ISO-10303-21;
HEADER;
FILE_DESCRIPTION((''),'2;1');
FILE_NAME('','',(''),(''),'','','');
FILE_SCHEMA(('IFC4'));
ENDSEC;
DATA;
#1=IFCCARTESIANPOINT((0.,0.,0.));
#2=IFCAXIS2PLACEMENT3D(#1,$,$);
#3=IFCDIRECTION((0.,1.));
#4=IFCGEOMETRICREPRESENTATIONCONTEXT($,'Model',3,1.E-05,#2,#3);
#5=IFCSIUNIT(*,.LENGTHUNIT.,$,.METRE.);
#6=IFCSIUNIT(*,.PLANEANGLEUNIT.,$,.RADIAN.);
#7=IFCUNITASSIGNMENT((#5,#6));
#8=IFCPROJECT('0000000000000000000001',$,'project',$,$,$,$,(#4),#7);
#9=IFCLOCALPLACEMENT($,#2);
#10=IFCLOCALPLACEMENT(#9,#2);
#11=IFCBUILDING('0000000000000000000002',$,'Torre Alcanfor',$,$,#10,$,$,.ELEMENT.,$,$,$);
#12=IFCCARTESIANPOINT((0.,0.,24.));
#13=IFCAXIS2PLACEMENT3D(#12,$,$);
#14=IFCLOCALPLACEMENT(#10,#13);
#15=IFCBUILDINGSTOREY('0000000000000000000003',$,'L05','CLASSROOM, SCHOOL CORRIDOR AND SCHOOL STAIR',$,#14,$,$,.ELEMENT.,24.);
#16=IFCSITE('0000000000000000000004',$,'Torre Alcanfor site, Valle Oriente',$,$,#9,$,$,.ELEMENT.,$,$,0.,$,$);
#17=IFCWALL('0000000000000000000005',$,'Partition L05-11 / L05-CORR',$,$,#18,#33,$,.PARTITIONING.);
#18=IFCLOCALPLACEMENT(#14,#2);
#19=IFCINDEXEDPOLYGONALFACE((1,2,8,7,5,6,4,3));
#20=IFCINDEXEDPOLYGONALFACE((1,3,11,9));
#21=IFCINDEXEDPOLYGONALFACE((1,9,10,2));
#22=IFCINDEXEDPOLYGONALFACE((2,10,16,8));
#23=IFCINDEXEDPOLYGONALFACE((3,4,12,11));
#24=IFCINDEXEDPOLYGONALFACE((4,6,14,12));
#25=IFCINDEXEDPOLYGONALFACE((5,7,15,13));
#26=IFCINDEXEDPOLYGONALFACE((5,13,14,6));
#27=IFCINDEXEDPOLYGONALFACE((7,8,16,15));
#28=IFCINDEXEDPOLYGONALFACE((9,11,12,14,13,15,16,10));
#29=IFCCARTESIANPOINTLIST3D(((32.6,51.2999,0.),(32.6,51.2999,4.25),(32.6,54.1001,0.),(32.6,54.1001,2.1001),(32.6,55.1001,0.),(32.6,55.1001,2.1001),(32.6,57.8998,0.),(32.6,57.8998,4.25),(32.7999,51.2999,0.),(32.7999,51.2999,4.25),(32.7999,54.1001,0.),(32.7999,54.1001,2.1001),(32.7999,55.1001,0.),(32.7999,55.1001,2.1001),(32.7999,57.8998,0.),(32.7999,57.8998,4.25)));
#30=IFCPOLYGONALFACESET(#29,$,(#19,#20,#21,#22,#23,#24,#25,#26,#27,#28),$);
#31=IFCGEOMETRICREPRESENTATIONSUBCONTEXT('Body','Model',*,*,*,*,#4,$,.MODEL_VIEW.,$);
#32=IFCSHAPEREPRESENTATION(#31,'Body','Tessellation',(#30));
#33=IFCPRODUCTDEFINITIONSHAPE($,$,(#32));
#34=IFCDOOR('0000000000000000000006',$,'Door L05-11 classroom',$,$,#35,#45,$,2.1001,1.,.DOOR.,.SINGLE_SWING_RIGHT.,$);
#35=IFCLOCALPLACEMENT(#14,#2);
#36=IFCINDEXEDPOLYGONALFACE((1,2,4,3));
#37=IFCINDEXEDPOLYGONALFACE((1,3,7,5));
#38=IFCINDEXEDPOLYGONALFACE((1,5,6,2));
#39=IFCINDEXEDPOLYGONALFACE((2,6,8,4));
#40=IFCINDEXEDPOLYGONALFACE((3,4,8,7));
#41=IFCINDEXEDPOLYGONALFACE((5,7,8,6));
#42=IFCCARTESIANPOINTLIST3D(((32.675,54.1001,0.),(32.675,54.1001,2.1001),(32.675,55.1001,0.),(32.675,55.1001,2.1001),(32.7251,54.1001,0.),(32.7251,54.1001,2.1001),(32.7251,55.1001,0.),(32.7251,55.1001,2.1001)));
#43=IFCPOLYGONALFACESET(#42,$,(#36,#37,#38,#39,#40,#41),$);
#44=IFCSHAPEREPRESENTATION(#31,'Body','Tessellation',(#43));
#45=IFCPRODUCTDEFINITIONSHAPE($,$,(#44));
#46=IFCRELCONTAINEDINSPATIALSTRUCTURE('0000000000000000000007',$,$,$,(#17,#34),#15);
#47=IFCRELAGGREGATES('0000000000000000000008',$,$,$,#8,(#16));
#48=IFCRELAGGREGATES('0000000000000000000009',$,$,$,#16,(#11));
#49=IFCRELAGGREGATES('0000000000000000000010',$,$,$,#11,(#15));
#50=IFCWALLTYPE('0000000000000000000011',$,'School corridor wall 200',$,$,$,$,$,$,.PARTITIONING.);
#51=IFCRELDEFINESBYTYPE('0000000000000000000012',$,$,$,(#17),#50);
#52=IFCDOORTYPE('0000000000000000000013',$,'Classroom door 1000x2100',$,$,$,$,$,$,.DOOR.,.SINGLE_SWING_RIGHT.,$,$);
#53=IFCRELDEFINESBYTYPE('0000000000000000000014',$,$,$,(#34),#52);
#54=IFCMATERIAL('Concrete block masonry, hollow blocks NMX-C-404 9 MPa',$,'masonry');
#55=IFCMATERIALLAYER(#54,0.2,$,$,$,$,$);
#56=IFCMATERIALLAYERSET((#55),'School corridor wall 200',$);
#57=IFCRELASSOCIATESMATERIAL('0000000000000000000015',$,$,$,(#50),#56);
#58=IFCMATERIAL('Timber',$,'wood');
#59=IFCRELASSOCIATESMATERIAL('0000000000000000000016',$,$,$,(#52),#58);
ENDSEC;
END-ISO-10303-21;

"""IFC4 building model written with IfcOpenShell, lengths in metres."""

from ifc_helpers import new_model, si_unit, direction, frame, frame_2d, origin, place, context, subcontext, project, spatial, rectangle, extrude, material, layer, layer_set, type_object, element, fill, save


model = new_model("IFC4")

# Units and contexts
model_context = context("Model", 3, precision=1e-05, world=origin(), true_north=direction((0.0, 1.0)))
body_context = subcontext(model_context, "Body", "Model", "MODEL_VIEW")
ifc_project = project(units=[si_unit("LENGTHUNIT", "METRE"), si_unit("PLANEANGLEUNIT", "RADIAN")], contexts=[model_context])

# Site, building, storey
site_placement = place(None, origin())
site = spatial("IfcSite", under=ifc_project, at=site_placement, Name="Torre Alcanfor site, Valle Oriente", CompositionType="ELEMENT", RefElevation=0.0)
building_placement = place(site_placement, origin())
building = spatial("IfcBuilding", under=site, at=building_placement, Name="Torre Alcanfor", CompositionType="ELEMENT")
storey_placement = place(building_placement, frame((0.0, 0.0, 24.0)))
storey = spatial("IfcBuildingStorey", under=building, at=storey_placement, Name="L05", Description="CLASSROOM, SCHOOL CORRIDOR AND SCHOOL STAIR", CompositionType="ELEMENT", Elevation=24.0)

# Wall, opening, door
ifc_material_1 = material(Name="Concrete block masonry, hollow blocks NMX-C-404 9 MPa", Category="masonry")
ifc_layer_1 = layer(ifc_material_1, 0.2)
ifc_layer_set_1 = layer_set([ifc_layer_1], Name="School corridor wall 200")
wall_type_1 = type_object("IfcWallType", Name="School corridor wall 200", PredefinedType="PARTITIONING", material=ifc_layer_set_1)
wall_1_placement = place(storey_placement, frame((32.7, 51.3, 0.0), z_axis=(0.0, 0.0, 1.0), x_axis=(0.0, 1.0, 0.0)))
wall_1 = element("IfcWall", 1, at=wall_1_placement, inside=storey, type_object=wall_type_1, Name="Partition L05-11 / L05-CORR", PredefinedType="PARTITIONING", context=body_context, shape_type="SweptSolid", body=[
    extrude(rectangle(XDim=6.5999, YDim=0.2, at=frame_2d((3.2998, 0.0))), origin(), (0.0, 0.0, 1.0), 4.25),
])
opening_1_placement = place(wall_1_placement, frame((2.8, 0.0, 0.0)))
opening_1 = element("IfcOpeningElement", 2, at=opening_1_placement, cuts=wall_1, PredefinedType="OPENING", context=body_context, shape_type="SweptSolid", body=[
    extrude(rectangle(XDim=1.0, YDim=2.1001, at=frame_2d((0.5, 1.05))), frame((0.0, 0.1099, 0.0), z_axis=(0.0, -1.0, 0.0), x_axis=(1.0, 0.0, 0.0)), (0.0, 0.0, 1.0), 0.22),
])
ifc_material_2 = material(Name="Timber", Category="wood")
door_type_1 = type_object("IfcDoorType", Name="Classroom door 1000x2100", OperationType="SINGLE_SWING_RIGHT", PredefinedType="DOOR", material=ifc_material_2)
door_1_placement = place(opening_1_placement, frame((1.0, 0.0, 0.0), z_axis=(0.0, 0.0, 1.0), x_axis=(-1.0, 0.0, 0.0)))
door_1 = element("IfcDoor", 3, at=door_1_placement, inside=storey, type_object=door_type_1, Name="Door L05-11 classroom", OperationType="SINGLE_SWING_RIGHT", OverallHeight=2.1001, OverallWidth=1.0, PredefinedType="DOOR", context=body_context, shape_type="SweptSolid", body=[
    extrude(rectangle(XDim=1.0, YDim=2.1001, at=frame_2d((0.5, 1.05))), frame((0.0, 0.0251, 0.0), z_axis=(0.0, -1.0, 0.0), x_axis=(1.0, 0.0, 0.0)), (0.0, 0.0, 1.0), 0.05),
])
fill(opening_1, door_1)

save(model, "model.ifc")
